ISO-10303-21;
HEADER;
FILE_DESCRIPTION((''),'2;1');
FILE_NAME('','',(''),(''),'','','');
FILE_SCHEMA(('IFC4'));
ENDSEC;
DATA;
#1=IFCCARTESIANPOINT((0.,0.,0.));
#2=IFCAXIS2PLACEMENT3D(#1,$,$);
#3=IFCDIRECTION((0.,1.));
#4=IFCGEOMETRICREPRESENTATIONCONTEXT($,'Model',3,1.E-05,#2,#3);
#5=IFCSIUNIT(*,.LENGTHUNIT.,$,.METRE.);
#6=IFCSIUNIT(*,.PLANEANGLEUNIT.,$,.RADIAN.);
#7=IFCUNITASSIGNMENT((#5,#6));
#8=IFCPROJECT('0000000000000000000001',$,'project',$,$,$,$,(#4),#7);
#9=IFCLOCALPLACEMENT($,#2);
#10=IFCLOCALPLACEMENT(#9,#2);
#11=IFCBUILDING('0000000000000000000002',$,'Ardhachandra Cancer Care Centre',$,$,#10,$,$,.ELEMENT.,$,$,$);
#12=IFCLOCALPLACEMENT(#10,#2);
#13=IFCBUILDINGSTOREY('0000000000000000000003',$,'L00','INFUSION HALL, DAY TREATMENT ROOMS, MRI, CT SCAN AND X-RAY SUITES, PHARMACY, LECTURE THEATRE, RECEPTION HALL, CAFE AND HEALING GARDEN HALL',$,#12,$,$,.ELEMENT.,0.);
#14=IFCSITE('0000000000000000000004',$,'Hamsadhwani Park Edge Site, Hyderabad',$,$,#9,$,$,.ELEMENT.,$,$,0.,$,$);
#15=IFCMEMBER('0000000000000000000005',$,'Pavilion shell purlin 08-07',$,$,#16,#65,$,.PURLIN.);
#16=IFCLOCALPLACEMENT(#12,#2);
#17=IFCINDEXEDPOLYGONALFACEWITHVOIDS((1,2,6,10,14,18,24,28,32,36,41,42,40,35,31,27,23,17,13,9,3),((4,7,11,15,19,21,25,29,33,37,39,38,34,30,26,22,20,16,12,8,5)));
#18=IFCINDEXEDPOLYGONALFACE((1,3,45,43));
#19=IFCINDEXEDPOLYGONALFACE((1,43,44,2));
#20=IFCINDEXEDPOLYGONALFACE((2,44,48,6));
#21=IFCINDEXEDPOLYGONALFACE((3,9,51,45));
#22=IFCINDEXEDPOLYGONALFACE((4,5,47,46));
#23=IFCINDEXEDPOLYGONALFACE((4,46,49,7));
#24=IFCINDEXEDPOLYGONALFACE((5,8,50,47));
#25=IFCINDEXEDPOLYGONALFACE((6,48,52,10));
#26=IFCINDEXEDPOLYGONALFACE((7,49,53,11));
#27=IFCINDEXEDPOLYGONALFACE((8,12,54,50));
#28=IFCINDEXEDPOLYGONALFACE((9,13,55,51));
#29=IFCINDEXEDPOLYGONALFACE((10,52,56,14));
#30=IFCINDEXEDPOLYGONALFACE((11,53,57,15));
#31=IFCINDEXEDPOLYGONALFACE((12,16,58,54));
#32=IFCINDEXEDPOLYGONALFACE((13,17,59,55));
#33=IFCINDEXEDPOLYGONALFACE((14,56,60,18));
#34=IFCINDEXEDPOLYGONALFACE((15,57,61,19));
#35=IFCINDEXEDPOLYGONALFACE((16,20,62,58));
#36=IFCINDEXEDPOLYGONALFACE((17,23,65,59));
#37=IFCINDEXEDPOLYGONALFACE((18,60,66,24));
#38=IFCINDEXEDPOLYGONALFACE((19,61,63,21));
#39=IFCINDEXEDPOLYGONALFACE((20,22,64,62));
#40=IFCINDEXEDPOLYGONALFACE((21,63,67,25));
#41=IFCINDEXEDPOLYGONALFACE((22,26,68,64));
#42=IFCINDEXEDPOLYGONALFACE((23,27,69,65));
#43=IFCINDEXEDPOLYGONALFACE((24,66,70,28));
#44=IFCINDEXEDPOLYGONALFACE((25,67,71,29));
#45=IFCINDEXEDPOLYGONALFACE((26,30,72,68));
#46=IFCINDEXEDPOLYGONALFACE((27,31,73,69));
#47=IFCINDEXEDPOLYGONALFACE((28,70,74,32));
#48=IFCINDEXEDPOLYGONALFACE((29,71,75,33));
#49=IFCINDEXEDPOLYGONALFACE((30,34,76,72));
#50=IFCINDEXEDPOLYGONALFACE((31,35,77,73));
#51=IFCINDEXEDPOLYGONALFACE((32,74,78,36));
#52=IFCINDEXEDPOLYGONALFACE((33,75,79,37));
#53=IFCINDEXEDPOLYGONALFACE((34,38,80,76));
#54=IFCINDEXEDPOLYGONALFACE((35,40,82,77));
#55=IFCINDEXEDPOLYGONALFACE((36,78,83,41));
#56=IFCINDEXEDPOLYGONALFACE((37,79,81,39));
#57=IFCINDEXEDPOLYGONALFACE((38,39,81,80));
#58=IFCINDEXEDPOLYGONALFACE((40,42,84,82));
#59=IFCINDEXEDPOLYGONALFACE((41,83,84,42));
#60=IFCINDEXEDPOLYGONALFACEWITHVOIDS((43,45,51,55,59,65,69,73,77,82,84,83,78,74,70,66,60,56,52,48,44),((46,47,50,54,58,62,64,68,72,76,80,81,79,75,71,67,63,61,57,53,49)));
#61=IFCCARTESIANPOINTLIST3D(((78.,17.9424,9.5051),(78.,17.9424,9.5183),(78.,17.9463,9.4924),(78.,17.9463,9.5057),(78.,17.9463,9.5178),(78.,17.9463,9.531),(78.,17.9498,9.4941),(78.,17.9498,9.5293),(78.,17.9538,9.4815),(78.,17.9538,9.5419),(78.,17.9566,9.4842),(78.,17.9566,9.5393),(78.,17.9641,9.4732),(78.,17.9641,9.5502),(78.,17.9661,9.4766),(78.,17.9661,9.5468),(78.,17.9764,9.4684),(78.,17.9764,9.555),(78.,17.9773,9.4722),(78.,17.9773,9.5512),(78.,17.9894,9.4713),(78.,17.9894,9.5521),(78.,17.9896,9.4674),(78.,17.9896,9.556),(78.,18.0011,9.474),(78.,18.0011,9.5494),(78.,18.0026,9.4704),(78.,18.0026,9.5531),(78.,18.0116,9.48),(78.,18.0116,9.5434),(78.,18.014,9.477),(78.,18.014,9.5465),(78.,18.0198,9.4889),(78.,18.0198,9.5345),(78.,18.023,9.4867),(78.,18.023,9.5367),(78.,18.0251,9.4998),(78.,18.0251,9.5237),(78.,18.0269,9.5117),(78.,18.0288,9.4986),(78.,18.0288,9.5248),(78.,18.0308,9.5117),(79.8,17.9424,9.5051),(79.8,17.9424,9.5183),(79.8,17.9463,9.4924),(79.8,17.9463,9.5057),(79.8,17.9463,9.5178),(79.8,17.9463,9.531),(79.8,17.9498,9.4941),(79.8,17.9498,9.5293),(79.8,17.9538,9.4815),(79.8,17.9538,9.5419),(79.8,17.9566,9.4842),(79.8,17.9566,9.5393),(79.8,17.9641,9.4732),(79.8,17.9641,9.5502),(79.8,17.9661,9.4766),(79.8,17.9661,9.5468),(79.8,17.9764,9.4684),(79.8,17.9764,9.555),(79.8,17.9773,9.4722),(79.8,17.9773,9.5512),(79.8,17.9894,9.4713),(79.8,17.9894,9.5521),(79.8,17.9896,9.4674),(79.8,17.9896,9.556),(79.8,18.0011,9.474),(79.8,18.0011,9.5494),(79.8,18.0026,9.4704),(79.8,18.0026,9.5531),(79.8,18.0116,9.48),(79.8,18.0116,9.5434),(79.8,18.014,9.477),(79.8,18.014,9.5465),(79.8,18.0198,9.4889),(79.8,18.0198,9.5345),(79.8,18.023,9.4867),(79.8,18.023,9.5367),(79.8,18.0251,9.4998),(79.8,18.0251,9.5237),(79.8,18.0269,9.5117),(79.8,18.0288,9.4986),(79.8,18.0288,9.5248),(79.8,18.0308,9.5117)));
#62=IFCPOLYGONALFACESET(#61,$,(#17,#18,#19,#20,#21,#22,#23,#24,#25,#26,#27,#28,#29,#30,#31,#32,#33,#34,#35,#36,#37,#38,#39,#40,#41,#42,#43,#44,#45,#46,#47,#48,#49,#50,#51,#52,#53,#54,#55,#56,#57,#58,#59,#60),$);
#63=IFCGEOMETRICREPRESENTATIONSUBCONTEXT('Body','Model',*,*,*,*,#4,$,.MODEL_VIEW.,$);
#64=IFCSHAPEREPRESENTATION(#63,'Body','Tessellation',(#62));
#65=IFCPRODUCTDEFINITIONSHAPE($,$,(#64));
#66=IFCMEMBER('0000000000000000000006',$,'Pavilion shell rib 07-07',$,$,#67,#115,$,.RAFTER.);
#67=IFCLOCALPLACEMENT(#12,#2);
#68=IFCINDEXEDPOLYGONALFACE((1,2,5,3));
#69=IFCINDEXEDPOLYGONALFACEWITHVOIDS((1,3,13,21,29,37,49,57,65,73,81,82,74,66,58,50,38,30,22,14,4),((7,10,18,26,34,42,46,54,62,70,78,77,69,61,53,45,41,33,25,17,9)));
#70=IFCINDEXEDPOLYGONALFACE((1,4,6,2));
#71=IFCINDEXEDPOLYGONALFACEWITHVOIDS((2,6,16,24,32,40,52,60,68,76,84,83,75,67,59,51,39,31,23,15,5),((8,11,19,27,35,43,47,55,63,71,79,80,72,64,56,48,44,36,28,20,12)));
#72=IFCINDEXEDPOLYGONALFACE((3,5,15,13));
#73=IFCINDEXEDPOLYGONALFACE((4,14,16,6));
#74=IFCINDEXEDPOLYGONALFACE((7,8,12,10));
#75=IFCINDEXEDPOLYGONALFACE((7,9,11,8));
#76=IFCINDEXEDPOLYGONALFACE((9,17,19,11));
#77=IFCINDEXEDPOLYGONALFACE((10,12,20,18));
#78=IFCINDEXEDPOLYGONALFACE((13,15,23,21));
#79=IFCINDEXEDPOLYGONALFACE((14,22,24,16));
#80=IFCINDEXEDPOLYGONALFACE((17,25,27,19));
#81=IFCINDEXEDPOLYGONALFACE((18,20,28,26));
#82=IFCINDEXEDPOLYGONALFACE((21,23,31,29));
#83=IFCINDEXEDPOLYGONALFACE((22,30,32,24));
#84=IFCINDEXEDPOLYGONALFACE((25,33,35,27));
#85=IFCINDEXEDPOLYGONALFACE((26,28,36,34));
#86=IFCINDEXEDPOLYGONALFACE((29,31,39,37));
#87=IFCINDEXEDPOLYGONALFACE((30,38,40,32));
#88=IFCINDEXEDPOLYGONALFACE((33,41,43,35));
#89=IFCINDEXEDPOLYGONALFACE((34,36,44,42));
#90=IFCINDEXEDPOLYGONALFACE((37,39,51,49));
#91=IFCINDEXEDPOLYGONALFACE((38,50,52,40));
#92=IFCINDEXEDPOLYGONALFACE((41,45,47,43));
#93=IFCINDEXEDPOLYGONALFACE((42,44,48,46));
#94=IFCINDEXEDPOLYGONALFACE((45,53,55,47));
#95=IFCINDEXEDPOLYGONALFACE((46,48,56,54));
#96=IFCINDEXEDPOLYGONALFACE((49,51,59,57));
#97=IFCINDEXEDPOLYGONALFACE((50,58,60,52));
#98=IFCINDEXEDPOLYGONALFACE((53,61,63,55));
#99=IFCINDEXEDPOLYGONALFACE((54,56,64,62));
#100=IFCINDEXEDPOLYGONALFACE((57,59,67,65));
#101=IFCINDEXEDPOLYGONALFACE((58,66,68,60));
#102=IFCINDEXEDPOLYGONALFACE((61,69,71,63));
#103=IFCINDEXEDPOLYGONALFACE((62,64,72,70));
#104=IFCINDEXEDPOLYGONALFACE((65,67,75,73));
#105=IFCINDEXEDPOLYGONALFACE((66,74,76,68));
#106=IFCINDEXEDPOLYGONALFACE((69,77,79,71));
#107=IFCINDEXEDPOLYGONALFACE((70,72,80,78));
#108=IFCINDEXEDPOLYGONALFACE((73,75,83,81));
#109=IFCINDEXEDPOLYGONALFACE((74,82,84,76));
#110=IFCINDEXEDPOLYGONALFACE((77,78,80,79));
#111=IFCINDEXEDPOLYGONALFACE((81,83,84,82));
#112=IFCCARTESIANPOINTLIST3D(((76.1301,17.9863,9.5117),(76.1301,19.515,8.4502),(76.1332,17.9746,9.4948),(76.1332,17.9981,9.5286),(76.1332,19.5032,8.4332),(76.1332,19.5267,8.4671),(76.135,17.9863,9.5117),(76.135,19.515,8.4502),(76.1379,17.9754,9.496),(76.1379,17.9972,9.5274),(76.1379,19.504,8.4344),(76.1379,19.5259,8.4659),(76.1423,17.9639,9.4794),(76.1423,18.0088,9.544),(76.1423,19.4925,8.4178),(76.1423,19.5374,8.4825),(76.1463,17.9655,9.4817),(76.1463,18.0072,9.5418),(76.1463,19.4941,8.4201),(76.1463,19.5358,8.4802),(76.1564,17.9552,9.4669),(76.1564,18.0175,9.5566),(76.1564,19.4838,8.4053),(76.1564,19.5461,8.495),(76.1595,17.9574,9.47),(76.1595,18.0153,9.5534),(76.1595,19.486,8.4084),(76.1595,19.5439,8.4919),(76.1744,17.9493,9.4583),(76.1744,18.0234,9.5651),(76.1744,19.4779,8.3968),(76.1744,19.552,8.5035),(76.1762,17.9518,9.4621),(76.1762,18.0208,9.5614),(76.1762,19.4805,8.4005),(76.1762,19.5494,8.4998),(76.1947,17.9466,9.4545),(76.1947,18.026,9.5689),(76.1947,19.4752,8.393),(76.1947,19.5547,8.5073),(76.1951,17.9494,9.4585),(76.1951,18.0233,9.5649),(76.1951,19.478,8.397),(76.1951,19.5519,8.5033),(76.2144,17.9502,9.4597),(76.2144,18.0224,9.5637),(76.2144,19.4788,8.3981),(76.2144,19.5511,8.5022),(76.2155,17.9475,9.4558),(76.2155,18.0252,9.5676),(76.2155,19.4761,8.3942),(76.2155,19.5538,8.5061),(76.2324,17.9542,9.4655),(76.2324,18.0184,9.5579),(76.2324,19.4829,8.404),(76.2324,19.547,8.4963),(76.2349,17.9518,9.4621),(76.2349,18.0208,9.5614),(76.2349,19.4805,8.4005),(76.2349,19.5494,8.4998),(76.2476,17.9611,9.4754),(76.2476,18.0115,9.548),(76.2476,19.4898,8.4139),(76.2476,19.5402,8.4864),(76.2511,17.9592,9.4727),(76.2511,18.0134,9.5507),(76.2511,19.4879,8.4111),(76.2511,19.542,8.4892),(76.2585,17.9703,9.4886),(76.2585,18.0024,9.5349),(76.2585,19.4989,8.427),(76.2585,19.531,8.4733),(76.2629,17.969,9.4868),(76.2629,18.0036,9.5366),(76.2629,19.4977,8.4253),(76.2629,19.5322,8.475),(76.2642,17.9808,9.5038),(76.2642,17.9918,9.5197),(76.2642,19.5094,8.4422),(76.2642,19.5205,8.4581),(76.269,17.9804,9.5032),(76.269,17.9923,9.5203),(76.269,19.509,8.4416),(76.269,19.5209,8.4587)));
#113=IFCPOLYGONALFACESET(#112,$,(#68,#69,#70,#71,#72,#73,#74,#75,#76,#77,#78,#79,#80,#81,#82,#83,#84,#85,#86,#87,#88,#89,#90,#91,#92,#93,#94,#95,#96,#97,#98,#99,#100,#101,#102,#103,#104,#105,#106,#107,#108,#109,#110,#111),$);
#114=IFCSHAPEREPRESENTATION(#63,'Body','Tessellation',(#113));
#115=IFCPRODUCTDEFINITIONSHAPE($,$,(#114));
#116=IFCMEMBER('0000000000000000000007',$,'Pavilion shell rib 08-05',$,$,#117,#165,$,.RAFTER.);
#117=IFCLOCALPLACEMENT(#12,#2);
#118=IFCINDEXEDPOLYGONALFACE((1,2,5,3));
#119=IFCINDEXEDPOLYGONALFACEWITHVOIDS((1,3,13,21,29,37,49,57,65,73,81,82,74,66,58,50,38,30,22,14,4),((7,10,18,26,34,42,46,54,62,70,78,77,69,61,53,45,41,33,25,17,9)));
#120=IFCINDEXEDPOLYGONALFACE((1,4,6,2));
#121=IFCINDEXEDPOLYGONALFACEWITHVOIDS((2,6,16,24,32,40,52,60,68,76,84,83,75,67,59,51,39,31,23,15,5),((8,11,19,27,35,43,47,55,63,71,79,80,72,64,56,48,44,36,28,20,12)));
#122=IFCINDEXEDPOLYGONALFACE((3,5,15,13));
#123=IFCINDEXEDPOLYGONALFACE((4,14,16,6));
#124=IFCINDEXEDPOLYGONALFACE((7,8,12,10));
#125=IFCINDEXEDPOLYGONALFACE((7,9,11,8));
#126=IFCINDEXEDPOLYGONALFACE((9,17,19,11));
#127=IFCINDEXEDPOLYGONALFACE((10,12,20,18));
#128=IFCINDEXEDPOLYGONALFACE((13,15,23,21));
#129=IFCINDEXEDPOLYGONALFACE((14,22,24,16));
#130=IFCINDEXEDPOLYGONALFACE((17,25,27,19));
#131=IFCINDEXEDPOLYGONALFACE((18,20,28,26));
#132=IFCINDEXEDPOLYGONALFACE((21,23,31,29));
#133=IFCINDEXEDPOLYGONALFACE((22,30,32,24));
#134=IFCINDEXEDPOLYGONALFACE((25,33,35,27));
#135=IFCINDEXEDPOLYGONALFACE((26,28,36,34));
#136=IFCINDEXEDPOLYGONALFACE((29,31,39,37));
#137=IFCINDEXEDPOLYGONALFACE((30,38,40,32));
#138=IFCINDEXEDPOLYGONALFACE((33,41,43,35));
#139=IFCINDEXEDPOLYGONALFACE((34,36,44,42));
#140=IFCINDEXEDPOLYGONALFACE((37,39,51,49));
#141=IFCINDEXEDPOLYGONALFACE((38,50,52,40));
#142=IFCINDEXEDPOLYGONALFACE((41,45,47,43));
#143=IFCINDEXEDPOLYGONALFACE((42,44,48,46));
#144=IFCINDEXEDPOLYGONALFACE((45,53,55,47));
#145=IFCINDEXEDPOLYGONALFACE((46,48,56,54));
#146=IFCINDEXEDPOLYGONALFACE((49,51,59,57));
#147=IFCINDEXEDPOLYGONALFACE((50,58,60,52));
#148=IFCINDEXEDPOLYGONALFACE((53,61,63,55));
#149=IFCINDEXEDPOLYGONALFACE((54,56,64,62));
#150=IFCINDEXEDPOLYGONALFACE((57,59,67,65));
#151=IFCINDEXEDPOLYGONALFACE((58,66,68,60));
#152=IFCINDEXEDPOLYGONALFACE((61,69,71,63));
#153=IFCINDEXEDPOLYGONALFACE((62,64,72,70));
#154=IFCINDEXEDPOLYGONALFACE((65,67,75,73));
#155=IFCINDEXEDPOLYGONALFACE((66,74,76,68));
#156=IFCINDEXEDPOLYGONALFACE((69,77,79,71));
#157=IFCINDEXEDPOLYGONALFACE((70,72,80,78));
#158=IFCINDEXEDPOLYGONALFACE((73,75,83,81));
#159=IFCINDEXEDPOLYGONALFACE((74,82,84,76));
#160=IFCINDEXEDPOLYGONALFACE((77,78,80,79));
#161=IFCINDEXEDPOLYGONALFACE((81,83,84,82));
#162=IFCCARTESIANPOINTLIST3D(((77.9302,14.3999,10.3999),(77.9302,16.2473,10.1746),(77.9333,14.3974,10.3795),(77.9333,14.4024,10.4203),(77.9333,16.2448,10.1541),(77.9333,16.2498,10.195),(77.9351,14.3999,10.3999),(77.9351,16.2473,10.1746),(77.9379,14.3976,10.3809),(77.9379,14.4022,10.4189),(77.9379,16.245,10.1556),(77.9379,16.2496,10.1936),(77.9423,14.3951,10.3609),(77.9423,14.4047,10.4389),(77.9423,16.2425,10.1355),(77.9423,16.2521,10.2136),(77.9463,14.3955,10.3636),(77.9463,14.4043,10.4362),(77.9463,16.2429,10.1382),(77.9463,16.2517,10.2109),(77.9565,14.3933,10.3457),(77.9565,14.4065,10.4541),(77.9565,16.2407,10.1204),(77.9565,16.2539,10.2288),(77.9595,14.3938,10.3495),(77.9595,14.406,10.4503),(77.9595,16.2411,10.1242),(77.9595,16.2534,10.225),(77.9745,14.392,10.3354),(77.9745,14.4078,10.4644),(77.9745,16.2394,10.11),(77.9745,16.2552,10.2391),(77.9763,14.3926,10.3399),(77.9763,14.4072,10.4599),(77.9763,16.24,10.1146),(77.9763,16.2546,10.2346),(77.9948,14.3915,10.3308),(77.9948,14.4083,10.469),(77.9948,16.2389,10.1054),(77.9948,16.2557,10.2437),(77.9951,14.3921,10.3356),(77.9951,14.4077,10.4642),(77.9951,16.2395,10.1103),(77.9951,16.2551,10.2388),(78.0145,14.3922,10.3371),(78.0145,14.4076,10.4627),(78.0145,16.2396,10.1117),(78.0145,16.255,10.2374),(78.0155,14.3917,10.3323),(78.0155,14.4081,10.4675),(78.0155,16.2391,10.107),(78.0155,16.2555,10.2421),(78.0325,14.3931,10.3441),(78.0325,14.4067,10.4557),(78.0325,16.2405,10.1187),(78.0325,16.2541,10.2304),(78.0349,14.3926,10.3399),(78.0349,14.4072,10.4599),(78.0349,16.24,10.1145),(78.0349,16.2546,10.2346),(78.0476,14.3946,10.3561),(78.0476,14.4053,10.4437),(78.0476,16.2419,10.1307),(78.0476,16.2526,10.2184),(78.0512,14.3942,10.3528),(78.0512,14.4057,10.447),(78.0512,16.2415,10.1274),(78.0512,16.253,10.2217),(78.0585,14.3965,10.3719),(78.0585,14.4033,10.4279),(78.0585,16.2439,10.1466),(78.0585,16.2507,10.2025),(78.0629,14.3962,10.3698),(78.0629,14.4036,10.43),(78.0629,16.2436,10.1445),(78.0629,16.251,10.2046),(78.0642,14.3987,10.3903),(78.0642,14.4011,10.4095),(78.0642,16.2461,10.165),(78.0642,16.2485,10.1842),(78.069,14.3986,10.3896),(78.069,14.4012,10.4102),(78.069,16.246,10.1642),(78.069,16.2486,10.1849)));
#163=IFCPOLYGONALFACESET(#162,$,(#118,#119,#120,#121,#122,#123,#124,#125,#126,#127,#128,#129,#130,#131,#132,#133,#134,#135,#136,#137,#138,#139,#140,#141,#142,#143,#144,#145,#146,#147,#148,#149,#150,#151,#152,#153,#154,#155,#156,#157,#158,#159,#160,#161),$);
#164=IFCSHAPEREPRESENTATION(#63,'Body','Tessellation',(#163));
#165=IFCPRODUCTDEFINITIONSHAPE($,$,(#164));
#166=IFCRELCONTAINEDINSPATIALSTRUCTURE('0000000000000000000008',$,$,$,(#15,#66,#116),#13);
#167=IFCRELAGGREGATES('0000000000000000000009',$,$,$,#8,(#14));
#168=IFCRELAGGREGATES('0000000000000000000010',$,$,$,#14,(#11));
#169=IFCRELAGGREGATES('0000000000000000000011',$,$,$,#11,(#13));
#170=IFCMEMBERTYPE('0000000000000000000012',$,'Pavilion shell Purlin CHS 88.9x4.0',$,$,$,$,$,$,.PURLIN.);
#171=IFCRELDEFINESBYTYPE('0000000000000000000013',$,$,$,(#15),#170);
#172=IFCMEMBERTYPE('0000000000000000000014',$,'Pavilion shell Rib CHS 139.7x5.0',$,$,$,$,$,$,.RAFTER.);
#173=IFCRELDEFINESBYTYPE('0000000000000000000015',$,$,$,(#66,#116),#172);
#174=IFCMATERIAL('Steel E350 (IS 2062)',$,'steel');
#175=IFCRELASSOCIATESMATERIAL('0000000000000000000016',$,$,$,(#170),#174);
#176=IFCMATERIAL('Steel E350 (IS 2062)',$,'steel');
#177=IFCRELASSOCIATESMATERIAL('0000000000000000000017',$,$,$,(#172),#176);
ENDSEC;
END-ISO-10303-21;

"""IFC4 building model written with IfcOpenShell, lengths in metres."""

from ifc_helpers import new_model, si_unit, direction, frame, origin, origin_2d, place, context, subcontext, project, spatial, hollow_circle, extrude, material, material_profile, profile_set, type_object, element, save


model = new_model("IFC4")

# Units and contexts
model_context = context("Model", 3, precision=1e-05, world=origin(), true_north=direction((0.0, 1.0)))
body_context = subcontext(model_context, "Body", "Model", "MODEL_VIEW")
ifc_project = project(units=[si_unit("LENGTHUNIT", "METRE"), si_unit("PLANEANGLEUNIT", "RADIAN")], contexts=[model_context])

# Site, building, storey
site_placement = place(None, origin())
site = spatial("IfcSite", under=ifc_project, at=site_placement, Name="Hamsadhwani Park Edge Site, Hyderabad", CompositionType="ELEMENT", RefElevation=0.0)
building_placement = place(site_placement, origin())
building = spatial("IfcBuilding", under=site, at=building_placement, Name="Ardhachandra Cancer Care Centre", CompositionType="ELEMENT")
storey_placement = place(building_placement, origin())
storey = spatial("IfcBuildingStorey", under=building, at=storey_placement, Name="L00", Description="INFUSION HALL, DAY TREATMENT ROOMS, MRI, CT SCAN AND X-RAY SUITES, PHARMACY, LECTURE THEATRE, RECEPTION HALL, CAFE AND HEALING GARDEN HALL", CompositionType="ELEMENT", Elevation=0.0)

# Members
ifc_material_1 = material(Name="Steel E350 (IS 2062)", Category="steel")
ifc_material_profile_1 = material_profile(ifc_material_1, hollow_circle(Radius=0.0444, WallThickness=0.0039, at=origin_2d()), Name="CHS 88.9x4.0")
ifc_profile_set_1 = profile_set([ifc_material_profile_1], Name="Steel E350 (IS 2062)")
member_type_1 = type_object("IfcMemberType", Name="Pavilion shell Purlin CHS 88.9x4.0", PredefinedType="PURLIN", material=ifc_profile_set_1)
for number, where, z_axis, x_axis, name in (
    (1, (78.0, 17.9863, 9.5117), (1.0, 0.0, 0.0), (0.0, 1.0, 0.0), "Pavilion shell purlin 08-07"),
):
    element("IfcMember", number, at=place(storey_placement, frame(where, z_axis=z_axis, x_axis=x_axis)), inside=storey, type_object=member_type_1, Name=name, PredefinedType="PURLIN", context=body_context, shape_type="SweptSolid", body=[
        extrude(hollow_circle(Radius=0.0444, WallThickness=0.0039, at=origin_2d()), origin(), (0.0, 0.0, 1.0), 1.8),
    ])
ifc_material_2 = material(Name="Steel E350 (IS 2062)", Category="steel")
ifc_material_profile_2 = material_profile(ifc_material_2, hollow_circle(Radius=0.0698, WallThickness=0.0049, at=origin_2d()), Name="CHS 139.7x5.0")
ifc_profile_set_2 = profile_set([ifc_material_profile_2], Name="Steel E350 (IS 2062)")
member_type_2 = type_object("IfcMemberType", Name="Pavilion shell Rib CHS 139.7x5.0", PredefinedType="RAFTER", material=ifc_profile_set_2)
for number, where, z_axis, x_axis, name in (
    (2, (76.2, 17.9863, 9.5117), (0.0, 0.821365, -0.570403), (-1.0, 0.0, 0.0), "Pavilion shell rib 07-07"),
    (3, (78.0, 14.3999, 10.3999), (0.0, 0.992643, -0.12108), (-1.0, 0.0, 0.0), "Pavilion shell rib 08-05"),
):
    element("IfcMember", number, at=place(storey_placement, frame(where, z_axis=z_axis, x_axis=x_axis)), inside=storey, type_object=member_type_2, Name=name, PredefinedType="RAFTER", context=body_context, shape_type="SweptSolid", body=[
        extrude(hollow_circle(Radius=0.0698, WallThickness=0.0049, at=origin_2d()), origin(), (0.0, 0.0, 1.0), 1.8611),
    ])

save(model, "model.ifc")
